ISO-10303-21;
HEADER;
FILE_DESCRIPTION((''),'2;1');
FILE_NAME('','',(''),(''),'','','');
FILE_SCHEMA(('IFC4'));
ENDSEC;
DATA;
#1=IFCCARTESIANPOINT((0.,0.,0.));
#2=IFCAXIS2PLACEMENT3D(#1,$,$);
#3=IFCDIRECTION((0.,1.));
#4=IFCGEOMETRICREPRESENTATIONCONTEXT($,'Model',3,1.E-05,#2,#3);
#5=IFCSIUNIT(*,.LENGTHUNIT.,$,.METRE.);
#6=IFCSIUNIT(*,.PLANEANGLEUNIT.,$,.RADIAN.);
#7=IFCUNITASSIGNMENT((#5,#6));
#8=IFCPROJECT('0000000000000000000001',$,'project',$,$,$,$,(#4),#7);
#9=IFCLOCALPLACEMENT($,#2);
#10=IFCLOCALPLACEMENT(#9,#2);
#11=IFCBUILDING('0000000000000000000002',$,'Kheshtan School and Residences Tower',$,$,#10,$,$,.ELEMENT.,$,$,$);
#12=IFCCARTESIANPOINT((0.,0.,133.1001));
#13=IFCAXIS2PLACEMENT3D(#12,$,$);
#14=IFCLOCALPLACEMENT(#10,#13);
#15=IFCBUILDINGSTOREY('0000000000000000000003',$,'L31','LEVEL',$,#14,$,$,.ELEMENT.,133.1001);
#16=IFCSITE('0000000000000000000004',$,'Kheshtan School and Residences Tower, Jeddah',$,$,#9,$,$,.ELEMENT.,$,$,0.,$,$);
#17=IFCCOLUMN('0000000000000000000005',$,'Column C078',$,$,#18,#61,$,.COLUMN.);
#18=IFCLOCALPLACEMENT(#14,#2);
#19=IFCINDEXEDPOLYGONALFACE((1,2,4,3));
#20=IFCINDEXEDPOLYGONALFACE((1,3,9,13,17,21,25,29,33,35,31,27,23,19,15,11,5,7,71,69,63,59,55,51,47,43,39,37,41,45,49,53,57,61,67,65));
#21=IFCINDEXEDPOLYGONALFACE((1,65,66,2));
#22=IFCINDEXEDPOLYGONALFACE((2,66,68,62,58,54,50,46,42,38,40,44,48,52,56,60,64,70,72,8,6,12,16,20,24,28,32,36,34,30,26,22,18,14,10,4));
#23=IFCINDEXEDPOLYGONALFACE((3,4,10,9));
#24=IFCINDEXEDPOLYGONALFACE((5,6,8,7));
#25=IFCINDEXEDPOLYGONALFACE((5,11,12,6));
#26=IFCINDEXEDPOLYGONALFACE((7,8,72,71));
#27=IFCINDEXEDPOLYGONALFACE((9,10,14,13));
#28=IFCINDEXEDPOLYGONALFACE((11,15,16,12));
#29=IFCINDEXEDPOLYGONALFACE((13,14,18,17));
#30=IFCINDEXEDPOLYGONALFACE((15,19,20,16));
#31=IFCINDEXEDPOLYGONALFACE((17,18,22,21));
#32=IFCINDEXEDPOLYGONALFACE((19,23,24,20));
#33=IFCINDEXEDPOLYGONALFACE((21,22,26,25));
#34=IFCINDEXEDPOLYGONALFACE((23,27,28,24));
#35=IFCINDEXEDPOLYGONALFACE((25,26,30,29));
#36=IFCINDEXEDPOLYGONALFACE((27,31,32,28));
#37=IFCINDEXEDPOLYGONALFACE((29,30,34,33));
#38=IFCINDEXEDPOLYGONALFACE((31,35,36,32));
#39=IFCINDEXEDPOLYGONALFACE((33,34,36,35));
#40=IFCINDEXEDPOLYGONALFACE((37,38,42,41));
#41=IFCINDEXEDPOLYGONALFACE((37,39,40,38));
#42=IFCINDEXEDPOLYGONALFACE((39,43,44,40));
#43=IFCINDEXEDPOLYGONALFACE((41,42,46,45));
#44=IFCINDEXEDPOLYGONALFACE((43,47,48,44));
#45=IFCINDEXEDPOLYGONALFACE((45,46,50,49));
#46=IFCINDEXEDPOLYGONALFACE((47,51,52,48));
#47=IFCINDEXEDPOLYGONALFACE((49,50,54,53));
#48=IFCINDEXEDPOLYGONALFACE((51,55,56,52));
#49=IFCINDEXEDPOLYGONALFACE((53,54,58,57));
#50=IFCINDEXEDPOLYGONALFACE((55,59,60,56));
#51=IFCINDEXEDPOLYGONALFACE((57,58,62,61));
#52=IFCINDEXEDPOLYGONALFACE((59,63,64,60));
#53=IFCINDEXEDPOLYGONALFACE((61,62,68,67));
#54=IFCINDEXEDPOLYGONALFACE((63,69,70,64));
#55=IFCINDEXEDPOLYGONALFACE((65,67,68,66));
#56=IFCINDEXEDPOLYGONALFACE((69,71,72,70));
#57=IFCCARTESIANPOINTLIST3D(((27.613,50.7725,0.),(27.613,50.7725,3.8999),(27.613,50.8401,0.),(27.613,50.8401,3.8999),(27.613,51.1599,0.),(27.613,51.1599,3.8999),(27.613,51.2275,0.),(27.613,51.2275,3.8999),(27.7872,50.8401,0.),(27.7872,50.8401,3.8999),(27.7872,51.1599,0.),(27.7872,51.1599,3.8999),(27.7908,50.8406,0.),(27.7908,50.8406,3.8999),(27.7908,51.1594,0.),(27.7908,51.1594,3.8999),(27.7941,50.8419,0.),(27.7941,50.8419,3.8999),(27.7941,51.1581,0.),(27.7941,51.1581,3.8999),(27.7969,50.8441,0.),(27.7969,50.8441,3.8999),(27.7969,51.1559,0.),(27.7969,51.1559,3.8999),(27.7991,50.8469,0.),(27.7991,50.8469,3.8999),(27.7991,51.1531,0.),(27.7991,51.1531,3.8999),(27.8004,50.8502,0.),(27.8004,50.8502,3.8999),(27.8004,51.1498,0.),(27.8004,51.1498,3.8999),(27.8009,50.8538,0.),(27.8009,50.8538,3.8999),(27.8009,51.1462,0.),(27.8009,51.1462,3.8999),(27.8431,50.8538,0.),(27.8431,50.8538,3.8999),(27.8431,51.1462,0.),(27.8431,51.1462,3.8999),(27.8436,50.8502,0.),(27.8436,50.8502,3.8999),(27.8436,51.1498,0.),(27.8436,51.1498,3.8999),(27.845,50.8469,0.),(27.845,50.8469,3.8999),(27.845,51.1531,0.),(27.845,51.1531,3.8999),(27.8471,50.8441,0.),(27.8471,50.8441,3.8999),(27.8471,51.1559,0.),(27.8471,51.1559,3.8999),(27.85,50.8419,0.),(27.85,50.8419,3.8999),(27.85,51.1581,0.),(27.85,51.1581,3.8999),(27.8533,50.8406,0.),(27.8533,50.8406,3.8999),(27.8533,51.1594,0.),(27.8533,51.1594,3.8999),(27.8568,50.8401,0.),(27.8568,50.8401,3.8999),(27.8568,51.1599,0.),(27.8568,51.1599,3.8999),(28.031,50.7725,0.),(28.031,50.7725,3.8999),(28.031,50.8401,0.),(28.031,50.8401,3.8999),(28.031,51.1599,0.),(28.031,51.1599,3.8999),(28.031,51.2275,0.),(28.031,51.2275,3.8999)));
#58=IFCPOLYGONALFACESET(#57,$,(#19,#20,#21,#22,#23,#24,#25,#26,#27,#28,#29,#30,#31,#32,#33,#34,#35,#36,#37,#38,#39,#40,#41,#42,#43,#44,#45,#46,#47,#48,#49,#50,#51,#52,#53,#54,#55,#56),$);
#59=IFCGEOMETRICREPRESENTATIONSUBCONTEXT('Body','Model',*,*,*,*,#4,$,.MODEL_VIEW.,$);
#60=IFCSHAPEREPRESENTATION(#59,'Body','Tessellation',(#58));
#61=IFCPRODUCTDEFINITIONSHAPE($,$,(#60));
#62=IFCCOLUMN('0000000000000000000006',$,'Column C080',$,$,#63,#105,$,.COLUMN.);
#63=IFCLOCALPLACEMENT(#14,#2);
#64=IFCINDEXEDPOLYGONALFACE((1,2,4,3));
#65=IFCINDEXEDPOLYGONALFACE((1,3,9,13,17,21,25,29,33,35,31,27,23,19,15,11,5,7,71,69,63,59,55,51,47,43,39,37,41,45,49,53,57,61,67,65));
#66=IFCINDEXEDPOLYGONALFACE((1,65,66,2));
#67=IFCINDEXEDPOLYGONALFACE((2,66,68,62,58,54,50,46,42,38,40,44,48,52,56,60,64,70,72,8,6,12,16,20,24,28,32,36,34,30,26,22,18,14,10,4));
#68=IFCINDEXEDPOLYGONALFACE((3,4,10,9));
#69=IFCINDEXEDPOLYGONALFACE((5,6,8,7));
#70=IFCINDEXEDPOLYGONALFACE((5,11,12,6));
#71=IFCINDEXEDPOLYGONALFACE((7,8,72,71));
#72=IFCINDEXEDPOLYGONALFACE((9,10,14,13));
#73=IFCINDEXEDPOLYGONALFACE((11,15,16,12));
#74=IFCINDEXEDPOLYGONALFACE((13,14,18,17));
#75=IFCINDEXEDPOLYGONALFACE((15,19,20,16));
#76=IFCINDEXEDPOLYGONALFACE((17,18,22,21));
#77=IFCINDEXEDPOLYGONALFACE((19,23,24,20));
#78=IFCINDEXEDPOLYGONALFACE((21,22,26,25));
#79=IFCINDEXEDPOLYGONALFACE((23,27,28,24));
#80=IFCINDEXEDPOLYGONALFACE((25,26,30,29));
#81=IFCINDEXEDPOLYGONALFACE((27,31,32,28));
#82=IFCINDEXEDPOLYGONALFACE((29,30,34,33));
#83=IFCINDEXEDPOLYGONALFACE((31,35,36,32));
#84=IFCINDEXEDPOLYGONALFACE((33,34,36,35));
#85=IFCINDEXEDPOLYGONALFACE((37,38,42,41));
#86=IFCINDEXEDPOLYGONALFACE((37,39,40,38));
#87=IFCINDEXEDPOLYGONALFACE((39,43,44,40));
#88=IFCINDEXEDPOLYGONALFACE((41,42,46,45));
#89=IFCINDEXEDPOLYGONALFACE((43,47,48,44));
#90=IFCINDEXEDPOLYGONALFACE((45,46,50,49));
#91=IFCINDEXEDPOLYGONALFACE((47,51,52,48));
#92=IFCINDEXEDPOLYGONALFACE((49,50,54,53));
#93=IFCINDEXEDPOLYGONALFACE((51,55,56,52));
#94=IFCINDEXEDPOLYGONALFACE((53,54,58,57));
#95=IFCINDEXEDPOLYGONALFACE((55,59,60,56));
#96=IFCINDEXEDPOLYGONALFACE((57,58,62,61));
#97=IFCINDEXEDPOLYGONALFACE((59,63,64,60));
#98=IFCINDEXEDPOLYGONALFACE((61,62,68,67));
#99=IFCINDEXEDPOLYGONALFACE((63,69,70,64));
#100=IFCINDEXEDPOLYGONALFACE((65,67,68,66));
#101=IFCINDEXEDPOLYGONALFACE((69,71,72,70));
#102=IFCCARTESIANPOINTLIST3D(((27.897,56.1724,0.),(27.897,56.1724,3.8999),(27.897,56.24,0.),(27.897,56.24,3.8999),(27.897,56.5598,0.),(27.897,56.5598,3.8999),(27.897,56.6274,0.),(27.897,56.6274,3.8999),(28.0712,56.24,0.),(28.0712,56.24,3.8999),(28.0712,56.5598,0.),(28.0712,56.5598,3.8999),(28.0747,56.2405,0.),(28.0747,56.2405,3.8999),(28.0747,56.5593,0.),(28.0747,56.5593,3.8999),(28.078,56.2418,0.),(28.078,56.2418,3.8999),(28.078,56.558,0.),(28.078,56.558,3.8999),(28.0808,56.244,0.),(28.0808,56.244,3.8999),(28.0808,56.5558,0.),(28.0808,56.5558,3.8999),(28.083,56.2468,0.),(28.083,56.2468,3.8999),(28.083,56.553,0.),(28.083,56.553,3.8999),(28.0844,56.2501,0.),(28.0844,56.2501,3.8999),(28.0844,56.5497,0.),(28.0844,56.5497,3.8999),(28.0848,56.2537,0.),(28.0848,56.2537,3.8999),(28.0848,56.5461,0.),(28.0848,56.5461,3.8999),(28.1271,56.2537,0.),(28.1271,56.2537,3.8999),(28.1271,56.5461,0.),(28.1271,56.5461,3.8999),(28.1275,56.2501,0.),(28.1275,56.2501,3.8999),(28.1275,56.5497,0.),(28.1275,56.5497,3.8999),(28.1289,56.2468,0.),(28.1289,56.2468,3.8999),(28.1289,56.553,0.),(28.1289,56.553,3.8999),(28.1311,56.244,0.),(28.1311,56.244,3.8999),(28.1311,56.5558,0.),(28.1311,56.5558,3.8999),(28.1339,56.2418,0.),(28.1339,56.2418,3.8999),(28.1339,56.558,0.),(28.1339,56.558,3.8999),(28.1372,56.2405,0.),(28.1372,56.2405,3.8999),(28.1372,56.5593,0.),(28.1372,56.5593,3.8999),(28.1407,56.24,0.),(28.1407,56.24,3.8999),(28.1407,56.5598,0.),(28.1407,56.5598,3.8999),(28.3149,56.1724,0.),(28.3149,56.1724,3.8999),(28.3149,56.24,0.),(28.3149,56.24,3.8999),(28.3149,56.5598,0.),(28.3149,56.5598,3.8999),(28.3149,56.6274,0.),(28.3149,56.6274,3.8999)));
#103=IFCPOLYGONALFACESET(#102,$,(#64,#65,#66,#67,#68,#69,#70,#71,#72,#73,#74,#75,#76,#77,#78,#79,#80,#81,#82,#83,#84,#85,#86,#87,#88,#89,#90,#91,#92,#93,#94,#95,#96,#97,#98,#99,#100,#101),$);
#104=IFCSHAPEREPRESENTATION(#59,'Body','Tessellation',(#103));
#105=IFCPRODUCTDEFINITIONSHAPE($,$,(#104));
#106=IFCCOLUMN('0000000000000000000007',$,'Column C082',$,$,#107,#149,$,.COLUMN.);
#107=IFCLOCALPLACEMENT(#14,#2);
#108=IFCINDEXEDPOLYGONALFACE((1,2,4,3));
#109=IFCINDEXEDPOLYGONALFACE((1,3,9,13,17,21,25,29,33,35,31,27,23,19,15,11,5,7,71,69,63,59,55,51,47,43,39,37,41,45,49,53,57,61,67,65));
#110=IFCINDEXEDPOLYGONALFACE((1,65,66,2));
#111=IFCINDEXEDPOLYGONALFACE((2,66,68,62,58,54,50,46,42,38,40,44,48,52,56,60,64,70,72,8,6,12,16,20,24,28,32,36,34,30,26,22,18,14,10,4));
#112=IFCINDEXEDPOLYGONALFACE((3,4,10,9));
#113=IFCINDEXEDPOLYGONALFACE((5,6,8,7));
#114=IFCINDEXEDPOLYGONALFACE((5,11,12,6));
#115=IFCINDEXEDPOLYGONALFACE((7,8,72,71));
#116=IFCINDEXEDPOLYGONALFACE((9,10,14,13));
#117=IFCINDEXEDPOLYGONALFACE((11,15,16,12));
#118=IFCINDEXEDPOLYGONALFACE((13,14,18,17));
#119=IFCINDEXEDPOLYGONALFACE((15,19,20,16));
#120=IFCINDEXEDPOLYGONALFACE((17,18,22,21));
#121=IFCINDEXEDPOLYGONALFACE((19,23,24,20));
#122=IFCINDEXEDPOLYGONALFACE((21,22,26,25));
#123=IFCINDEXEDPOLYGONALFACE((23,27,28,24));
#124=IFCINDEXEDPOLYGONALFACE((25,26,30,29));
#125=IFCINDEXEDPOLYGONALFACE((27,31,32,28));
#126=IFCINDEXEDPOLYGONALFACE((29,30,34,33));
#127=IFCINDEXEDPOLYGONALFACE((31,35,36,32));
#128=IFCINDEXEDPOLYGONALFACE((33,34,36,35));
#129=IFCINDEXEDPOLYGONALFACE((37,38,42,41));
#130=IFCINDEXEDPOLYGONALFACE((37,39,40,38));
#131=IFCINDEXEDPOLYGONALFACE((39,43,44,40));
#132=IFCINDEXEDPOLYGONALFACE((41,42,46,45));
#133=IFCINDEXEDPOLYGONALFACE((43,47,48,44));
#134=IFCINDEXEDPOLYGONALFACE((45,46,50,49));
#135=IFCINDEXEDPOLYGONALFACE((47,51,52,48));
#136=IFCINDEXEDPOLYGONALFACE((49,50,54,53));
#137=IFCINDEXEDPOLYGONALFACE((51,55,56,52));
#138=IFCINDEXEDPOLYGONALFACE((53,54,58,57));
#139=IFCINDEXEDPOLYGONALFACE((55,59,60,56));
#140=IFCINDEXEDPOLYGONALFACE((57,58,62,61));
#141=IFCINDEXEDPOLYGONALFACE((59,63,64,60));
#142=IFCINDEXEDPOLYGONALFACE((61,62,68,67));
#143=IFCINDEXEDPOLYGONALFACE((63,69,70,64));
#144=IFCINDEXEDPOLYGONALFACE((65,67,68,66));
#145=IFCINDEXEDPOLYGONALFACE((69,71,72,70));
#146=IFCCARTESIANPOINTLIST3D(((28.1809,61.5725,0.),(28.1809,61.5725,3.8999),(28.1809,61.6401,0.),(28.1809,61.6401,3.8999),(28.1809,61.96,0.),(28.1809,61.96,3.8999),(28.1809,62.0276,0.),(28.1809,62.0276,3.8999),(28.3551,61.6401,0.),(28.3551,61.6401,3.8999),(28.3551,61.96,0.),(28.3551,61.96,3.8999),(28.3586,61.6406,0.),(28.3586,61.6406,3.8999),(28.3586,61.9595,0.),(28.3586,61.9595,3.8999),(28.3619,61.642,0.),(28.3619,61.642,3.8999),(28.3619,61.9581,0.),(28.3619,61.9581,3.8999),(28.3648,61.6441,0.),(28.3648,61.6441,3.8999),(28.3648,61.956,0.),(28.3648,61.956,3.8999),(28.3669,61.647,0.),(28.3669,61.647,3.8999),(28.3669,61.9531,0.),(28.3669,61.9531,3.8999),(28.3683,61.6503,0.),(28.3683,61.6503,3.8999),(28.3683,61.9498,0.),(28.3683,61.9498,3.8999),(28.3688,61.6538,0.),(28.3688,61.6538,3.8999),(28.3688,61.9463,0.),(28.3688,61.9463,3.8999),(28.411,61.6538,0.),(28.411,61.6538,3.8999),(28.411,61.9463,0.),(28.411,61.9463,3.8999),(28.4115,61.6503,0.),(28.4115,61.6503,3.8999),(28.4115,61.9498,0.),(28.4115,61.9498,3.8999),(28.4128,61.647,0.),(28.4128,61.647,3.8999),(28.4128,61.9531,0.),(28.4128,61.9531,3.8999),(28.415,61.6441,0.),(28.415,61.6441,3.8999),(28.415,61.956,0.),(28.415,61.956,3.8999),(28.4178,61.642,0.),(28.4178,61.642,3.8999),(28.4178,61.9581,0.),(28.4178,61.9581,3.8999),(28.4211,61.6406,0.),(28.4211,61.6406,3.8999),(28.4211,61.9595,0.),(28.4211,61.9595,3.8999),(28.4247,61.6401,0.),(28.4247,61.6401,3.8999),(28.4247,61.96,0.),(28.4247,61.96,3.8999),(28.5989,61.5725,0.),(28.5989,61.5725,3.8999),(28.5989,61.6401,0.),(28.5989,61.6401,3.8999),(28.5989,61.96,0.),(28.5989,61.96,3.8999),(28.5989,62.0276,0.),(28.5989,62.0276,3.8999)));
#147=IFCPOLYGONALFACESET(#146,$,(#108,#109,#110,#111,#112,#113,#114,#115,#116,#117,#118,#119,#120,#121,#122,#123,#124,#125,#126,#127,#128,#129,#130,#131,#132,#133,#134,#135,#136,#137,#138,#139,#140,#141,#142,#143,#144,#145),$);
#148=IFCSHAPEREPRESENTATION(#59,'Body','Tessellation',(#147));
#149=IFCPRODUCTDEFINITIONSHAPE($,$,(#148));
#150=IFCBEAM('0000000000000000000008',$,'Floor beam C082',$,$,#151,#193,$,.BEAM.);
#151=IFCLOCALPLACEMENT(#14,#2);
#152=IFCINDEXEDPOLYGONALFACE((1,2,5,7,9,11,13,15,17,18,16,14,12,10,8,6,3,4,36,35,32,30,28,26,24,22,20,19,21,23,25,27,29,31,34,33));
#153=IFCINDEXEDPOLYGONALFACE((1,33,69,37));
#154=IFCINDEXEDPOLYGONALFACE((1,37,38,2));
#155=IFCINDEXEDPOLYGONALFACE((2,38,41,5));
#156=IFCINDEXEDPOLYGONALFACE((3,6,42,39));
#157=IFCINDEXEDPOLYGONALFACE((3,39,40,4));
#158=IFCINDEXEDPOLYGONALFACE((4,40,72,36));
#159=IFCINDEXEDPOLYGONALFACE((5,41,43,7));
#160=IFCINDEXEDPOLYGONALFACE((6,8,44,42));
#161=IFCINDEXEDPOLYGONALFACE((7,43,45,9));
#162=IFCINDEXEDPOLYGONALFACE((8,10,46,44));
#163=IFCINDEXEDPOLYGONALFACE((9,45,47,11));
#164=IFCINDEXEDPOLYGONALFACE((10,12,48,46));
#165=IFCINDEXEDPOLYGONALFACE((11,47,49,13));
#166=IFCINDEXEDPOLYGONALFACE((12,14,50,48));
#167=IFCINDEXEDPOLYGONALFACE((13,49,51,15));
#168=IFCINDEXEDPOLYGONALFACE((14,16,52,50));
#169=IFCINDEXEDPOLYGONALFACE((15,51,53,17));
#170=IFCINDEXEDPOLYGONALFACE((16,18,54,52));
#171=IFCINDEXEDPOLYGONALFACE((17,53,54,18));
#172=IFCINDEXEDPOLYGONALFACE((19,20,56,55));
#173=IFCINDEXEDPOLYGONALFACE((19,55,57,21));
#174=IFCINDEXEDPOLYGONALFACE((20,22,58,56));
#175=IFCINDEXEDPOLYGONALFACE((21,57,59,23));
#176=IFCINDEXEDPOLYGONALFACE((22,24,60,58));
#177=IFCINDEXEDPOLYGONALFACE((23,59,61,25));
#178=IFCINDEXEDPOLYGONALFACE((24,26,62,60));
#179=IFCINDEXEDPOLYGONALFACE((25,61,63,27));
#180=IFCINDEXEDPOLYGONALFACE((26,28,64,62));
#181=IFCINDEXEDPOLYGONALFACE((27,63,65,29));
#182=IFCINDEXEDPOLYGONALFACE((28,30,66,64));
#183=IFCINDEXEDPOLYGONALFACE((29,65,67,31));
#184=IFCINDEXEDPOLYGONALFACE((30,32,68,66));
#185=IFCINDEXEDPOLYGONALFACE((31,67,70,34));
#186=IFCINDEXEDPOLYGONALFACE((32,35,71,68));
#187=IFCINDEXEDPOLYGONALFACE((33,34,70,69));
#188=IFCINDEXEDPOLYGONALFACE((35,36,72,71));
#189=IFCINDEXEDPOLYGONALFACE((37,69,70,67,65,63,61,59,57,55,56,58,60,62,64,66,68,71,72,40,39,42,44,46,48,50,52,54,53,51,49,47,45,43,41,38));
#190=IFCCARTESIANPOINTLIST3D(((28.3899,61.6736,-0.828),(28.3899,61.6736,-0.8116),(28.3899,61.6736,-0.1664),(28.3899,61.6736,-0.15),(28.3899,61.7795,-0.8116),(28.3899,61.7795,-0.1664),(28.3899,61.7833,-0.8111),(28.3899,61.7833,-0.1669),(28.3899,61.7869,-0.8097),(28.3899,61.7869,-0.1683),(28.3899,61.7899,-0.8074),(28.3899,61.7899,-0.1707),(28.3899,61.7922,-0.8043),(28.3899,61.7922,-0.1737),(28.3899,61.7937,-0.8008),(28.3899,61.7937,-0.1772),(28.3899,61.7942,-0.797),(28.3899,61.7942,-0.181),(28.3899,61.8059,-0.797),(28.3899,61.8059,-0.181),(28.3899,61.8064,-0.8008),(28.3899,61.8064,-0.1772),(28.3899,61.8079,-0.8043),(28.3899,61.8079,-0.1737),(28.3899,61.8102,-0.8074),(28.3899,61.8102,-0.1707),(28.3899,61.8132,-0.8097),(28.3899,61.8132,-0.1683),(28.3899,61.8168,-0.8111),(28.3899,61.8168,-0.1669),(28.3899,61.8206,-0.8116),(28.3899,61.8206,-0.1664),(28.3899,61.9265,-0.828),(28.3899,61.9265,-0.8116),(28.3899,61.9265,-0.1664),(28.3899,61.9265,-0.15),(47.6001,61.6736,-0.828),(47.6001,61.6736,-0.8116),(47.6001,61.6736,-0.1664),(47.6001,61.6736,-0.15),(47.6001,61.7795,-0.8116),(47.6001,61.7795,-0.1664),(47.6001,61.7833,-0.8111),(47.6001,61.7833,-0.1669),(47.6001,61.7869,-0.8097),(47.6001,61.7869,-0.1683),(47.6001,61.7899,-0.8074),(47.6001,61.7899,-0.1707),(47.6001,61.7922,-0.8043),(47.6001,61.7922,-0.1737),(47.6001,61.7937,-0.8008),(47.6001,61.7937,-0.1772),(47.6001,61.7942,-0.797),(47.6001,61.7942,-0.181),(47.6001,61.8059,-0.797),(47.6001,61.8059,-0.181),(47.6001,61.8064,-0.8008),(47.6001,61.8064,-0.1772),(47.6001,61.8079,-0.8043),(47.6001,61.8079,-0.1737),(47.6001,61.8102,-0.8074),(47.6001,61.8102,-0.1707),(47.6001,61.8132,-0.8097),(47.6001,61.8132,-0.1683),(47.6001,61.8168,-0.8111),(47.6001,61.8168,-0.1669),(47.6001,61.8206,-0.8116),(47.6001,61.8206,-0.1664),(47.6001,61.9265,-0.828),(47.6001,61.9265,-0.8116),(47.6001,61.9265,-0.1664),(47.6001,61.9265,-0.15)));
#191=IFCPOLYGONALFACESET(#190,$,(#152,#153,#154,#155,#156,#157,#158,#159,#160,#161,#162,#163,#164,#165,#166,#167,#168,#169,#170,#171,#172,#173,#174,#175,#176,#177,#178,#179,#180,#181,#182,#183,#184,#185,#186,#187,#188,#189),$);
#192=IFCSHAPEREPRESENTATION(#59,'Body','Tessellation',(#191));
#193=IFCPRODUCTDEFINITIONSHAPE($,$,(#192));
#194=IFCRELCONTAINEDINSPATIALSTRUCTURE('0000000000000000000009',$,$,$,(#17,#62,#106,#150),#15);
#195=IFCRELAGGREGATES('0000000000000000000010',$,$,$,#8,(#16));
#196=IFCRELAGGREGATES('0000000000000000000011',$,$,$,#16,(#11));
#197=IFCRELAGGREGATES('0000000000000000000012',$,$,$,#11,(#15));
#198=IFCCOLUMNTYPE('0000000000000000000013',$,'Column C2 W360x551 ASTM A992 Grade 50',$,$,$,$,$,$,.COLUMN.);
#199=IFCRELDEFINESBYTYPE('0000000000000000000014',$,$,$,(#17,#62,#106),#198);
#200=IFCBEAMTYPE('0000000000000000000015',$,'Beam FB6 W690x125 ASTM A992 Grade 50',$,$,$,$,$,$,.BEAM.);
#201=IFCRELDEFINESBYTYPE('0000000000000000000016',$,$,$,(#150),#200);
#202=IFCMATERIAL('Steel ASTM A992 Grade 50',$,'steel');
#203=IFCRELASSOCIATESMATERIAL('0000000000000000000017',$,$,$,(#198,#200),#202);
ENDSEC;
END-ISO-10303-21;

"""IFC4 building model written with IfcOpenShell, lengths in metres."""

from ifc_helpers import new_model, si_unit, direction, frame, origin, origin_2d, place, context, subcontext, project, spatial, i_section, extrude, material, material_profile, profile_set, type_object, element, save


model = new_model("IFC4")

# Units and contexts
model_context = context("Model", 3, precision=1e-05, world=origin(), true_north=direction((0.0, 1.0)))
body_context = subcontext(model_context, "Body", "Model", "MODEL_VIEW")
ifc_project = project(units=[si_unit("LENGTHUNIT", "METRE"), si_unit("PLANEANGLEUNIT", "RADIAN")], contexts=[model_context])

# Site, building, storey
site_placement = place(None, origin())
site = spatial("IfcSite", under=ifc_project, at=site_placement, Name="Kheshtan School and Residences Tower, Jeddah", CompositionType="ELEMENT", RefElevation=0.0)
building_placement = place(site_placement, origin())
building = spatial("IfcBuilding", under=site, at=building_placement, Name="Kheshtan School and Residences Tower", CompositionType="ELEMENT")
storey_placement = place(building_placement, frame((0.0, 0.0, 133.1001)))
storey = spatial("IfcBuildingStorey", under=building, at=storey_placement, Name="L31", Description="LEVEL", CompositionType="ELEMENT", Elevation=133.1001)

# Columns
ifc_material_1 = material(Name="Steel ASTM A992 Grade 50", Category="steel")
ifc_material_profile_1 = material_profile(ifc_material_1, i_section(OverallWidth=0.418, OverallDepth=0.4551, WebThickness=0.0422, FlangeThickness=0.0676, FilletRadius=0.0137, at=origin_2d()), Name="W360x551")
ifc_profile_set_1 = profile_set([ifc_material_profile_1], Name="Steel ASTM A992 Grade 50")
column_type = type_object("IfcColumnType", Name="Column C2 W360x551 ASTM A992 Grade 50", PredefinedType="COLUMN", material=ifc_profile_set_1)
for number, where, z_axis, x_axis, name in (
    (1, (27.822, 51.0, 0.0), (0.0, 0.0, 1.0), (1.0, 0.0, 0.0), "Column C078"),
    (2, (28.106, 56.3999, 0.0), (0.0, 0.0, 1.0), (1.0, 0.0, 0.0), "Column C080"),
    (3, (28.3899, 61.8, 0.0), (0.0, 0.0, 1.0), (1.0, 0.0, 0.0), "Column C082"),
):
    element("IfcColumn", number, at=place(storey_placement, frame(where, z_axis=z_axis, x_axis=x_axis)), inside=storey, type_object=column_type, Name=name, PredefinedType="COLUMN", context=body_context, shape_type="SweptSolid", body=[
        extrude(i_section(OverallWidth=0.418, OverallDepth=0.4551, WebThickness=0.0422, FlangeThickness=0.0676, FilletRadius=0.0137, at=origin_2d()), origin(), (0.0, 0.0, 1.0), 3.8999),
    ])

# Beam
ifc_material_profile_2 = material_profile(ifc_material_1, i_section(OverallWidth=0.2529, OverallDepth=0.678, WebThickness=0.0117, FlangeThickness=0.0164, FilletRadius=0.0146, at=origin_2d()), Name="W690x125")
ifc_profile_set_2 = profile_set([ifc_material_profile_2], Name="Steel ASTM A992 Grade 50")
beam_type_1 = type_object("IfcBeamType", Name="Beam FB6 W690x125 ASTM A992 Grade 50", PredefinedType="BEAM", material=ifc_profile_set_2)
beam_1_placement = place(storey_placement, frame((28.3899, 61.8, -0.489), z_axis=(1.0, 0.0, 0.0), x_axis=(0.0, 1.0, 0.0)))
element("IfcBeam", 4, at=beam_1_placement, inside=storey, type_object=beam_type_1, Name="Floor beam C082", PredefinedType="BEAM", context=body_context, shape_type="SweptSolid", body=[
    extrude(i_section(OverallWidth=0.2529, OverallDepth=0.678, WebThickness=0.0117, FlangeThickness=0.0164, FilletRadius=0.0146, at=origin_2d()), origin(), (0.0, 0.0, 1.0), 19.2102),
])

save(model, "model.ifc")
